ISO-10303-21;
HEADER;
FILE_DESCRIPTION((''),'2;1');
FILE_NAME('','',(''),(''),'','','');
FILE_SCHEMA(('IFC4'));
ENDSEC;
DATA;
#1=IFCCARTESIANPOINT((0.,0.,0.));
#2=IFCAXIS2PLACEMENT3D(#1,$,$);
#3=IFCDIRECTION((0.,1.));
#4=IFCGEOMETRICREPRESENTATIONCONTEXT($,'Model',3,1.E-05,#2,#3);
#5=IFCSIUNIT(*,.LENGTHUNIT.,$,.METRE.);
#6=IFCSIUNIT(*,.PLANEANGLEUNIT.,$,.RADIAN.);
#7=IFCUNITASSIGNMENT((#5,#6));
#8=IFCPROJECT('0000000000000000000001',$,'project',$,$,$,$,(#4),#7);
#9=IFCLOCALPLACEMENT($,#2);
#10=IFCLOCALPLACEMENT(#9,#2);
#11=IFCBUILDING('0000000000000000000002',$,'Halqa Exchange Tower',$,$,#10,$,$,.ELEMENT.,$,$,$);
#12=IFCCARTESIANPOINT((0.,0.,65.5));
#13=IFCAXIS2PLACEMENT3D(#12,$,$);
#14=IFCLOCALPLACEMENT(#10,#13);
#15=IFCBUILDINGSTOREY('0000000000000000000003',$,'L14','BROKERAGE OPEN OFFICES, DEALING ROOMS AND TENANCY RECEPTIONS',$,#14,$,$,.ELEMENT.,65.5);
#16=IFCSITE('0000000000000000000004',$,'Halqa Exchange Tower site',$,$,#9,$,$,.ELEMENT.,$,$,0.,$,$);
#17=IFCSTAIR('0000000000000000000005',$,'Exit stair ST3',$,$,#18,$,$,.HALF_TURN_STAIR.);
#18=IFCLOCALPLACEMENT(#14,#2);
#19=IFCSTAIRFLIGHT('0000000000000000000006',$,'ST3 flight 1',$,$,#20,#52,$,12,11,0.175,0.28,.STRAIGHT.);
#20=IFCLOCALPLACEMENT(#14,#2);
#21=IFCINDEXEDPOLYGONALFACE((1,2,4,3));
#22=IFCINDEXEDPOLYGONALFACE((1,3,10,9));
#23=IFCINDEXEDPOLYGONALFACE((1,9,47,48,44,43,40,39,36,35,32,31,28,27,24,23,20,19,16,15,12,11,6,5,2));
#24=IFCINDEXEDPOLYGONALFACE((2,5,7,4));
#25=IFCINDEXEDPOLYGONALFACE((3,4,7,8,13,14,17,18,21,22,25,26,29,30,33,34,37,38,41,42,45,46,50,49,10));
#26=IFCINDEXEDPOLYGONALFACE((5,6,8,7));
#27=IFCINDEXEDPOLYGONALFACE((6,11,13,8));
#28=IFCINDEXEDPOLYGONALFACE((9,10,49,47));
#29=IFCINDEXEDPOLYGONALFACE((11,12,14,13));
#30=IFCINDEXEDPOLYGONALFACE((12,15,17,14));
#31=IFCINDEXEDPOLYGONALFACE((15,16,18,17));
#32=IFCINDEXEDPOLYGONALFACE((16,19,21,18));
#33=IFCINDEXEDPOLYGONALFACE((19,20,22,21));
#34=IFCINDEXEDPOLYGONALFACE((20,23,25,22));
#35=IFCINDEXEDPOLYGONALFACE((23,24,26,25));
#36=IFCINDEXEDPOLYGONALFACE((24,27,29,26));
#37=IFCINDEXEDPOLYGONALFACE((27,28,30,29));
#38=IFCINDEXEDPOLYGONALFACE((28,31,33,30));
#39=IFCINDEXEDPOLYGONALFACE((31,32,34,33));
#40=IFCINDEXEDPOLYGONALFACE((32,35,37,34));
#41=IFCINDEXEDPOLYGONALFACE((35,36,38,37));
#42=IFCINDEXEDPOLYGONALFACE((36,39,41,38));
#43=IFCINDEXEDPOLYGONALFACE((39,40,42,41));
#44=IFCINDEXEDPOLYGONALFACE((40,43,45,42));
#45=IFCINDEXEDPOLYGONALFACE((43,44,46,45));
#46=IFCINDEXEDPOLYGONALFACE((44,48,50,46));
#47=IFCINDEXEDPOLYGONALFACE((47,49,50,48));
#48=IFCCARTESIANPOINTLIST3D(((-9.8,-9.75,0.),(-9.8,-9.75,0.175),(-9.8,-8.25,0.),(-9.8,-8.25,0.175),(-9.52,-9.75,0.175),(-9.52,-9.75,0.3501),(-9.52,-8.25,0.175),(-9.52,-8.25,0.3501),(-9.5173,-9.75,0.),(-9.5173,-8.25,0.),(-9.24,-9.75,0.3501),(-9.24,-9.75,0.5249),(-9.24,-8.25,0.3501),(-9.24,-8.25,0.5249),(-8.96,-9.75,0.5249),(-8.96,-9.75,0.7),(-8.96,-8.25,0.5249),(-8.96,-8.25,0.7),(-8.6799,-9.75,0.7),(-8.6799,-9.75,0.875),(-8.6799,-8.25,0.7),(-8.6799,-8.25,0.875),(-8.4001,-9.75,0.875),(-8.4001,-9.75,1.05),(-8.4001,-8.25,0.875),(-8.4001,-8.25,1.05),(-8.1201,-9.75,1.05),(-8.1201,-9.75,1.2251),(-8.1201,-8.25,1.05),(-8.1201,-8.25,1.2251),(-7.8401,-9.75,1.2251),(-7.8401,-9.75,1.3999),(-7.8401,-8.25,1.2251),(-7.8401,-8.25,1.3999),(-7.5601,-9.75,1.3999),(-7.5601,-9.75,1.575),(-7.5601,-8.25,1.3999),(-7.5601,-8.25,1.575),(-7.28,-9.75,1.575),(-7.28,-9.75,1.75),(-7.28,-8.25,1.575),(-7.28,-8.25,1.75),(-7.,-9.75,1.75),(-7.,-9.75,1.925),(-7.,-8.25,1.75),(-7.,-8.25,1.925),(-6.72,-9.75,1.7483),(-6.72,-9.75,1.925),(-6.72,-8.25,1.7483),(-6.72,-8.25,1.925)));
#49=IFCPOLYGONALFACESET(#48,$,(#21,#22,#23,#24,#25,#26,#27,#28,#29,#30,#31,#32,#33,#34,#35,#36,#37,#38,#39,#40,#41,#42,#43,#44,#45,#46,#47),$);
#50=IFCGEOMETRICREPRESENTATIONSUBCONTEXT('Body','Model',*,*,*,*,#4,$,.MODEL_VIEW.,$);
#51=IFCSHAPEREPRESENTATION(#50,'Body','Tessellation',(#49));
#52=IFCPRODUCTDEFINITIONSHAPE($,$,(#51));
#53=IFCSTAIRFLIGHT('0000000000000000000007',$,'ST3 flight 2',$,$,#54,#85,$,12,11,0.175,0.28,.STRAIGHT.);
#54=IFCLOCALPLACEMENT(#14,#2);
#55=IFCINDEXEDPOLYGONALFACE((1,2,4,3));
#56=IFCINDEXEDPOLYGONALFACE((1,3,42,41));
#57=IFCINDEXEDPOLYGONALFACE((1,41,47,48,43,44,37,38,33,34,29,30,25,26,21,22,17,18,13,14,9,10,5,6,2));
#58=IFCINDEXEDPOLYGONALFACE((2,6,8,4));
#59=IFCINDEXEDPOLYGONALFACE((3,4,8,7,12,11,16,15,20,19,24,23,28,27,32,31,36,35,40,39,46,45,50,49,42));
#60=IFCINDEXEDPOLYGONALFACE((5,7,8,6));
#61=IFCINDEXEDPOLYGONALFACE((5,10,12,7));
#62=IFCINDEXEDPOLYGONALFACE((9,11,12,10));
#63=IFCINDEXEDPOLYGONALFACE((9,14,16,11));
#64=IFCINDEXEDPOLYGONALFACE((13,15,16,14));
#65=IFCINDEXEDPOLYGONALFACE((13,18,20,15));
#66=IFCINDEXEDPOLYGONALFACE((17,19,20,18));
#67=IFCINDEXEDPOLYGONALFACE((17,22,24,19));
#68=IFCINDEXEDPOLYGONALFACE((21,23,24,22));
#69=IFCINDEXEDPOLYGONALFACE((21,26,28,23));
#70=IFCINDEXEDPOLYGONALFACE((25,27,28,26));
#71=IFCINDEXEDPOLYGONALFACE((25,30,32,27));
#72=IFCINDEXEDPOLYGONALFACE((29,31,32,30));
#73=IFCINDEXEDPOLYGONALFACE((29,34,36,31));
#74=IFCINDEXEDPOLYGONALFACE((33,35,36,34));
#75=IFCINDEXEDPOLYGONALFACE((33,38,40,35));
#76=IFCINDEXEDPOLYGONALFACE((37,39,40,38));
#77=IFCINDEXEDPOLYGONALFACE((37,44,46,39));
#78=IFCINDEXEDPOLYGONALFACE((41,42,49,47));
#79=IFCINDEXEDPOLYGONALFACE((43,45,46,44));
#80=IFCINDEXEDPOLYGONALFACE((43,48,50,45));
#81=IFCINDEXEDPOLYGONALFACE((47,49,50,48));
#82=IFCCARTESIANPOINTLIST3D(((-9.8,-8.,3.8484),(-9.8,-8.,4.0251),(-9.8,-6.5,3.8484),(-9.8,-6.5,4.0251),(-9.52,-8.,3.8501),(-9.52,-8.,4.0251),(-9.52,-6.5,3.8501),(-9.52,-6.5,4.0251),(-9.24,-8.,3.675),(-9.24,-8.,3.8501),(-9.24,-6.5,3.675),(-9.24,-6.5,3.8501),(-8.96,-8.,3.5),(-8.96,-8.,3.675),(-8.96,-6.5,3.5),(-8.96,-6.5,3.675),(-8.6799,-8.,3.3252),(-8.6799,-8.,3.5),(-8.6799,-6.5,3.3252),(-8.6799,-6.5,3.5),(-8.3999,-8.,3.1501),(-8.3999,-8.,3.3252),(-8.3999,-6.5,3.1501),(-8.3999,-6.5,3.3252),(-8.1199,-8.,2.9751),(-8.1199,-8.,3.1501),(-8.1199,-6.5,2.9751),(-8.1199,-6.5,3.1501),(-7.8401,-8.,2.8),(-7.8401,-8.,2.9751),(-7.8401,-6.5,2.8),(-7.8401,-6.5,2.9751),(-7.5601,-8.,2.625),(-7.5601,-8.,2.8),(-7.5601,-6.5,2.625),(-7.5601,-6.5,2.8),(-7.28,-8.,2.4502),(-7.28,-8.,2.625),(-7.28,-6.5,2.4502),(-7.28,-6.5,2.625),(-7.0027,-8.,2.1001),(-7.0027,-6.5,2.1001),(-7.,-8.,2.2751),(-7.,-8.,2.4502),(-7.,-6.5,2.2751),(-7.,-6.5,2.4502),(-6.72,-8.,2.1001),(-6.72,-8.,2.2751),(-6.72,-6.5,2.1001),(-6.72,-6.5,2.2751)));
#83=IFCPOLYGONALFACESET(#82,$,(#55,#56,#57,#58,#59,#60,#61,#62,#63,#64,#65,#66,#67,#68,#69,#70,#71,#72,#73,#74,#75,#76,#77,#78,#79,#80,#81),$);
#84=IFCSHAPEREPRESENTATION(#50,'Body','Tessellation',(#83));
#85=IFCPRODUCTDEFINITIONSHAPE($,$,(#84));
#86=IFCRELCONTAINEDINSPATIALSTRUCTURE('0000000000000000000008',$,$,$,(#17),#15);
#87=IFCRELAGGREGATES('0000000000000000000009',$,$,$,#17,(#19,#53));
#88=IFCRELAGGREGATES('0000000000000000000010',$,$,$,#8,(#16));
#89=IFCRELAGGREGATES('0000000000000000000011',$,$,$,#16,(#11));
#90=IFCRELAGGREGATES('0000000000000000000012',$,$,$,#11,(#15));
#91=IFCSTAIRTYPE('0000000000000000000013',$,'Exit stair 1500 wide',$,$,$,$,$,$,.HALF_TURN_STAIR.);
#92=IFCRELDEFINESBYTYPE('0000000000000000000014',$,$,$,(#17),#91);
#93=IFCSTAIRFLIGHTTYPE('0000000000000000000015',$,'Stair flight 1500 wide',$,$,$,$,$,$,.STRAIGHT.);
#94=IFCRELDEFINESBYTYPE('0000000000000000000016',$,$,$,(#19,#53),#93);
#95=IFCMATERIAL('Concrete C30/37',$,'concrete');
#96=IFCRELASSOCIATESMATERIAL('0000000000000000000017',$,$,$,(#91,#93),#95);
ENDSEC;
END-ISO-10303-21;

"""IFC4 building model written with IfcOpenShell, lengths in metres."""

from ifc_helpers import new_model, si_unit, direction, frame, origin, place, context, subcontext, project, spatial, polyline, outline, extrude, material, type_object, element, aggregate, save


model = new_model("IFC4")

# Units and contexts
model_context = context("Model", 3, precision=1e-05, world=origin(), true_north=direction((0.0, 1.0)))
body_context = subcontext(model_context, "Body", "Model", "MODEL_VIEW")
ifc_project = project(units=[si_unit("LENGTHUNIT", "METRE"), si_unit("PLANEANGLEUNIT", "RADIAN")], contexts=[model_context])

# Site, building, storey
site_placement = place(None, origin())
site = spatial("IfcSite", under=ifc_project, at=site_placement, Name="Halqa Exchange Tower site", CompositionType="ELEMENT", RefElevation=0.0)
building_placement = place(site_placement, origin())
building = spatial("IfcBuilding", under=site, at=building_placement, Name="Halqa Exchange Tower", CompositionType="ELEMENT")
storey_placement = place(building_placement, frame((0.0, 0.0, 65.5)))
storey = spatial("IfcBuildingStorey", under=building, at=storey_placement, Name="L14", Description="BROKERAGE OPEN OFFICES, DEALING ROOMS AND TENANCY RECEPTIONS", CompositionType="ELEMENT", Elevation=65.5)

# Shared definitions
ifc_material_1 = material(Name="Concrete C30/37", Category="concrete")

# Stair, stair flights
stair_type = type_object("IfcStairType", Name="Exit stair 1500 wide", PredefinedType="HALF_TURN_STAIR", material=ifc_material_1)
stair_placement = place(storey_placement, origin())
stair = element("IfcStair", 1, at=stair_placement, inside=storey, type_object=stair_type, Name="Exit stair ST3", PredefinedType="HALF_TURN_STAIR")
stair_flight_type = type_object("IfcStairFlightType", Name="Stair flight 1500 wide", PredefinedType="STRAIGHT", material=ifc_material_1)
stair_flight_1_placement = place(storey_placement, frame((-9.8, -9.0, 0.0), z_axis=(0.0, 0.0, 1.0), x_axis=(1.0, 0.0, 0.0)))
stair_flight_1 = element("IfcStairFlight", 2, at=stair_flight_1_placement, type_object=stair_flight_type, Name="ST3 flight 1", NumberOfRisers=12, NumberOfTreads=11, PredefinedType="STRAIGHT", RiserHeight=0.175, TreadLength=0.28, context=body_context, shape_type="SweptSolid", body=[
    extrude(outline(polyline([(0.0, 0.0), (0.0, 0.175), (0.28, 0.175), (0.28, 0.3501), (0.5601, 0.3501), (0.5601, 0.5249), (0.8401, 0.5249), (0.8401, 0.7), (1.1201, 0.7), (1.1201, 0.875), (1.3999, 0.875), (1.3999, 1.05), (1.6799, 1.05), (1.6799, 1.2251), (1.96, 1.2251), (1.96, 1.3999), (2.24, 1.3999), (2.24, 1.575), (2.52, 1.575), (2.52, 1.75), (2.8, 1.75), (2.8, 1.925), (3.0801, 1.925), (3.0801, 2.1001), (3.0801, 1.7483), (0.2827, 0.0), (0.0, 0.0)])), frame((0.0, 0.75, 0.0), z_axis=(0.0, -1.0, 0.0), x_axis=(1.0, 0.0, 0.0)), (0.0, 0.0, 1.0), 1.5),
])
stair_flight_2_placement = place(storey_placement, frame((-6.72, -7.25, 2.1001), z_axis=(0.0, 0.0, 1.0), x_axis=(-1.0, 0.0, 0.0)))
stair_flight_2 = element("IfcStairFlight", 3, at=stair_flight_2_placement, type_object=stair_flight_type, Name="ST3 flight 2", NumberOfRisers=12, NumberOfTreads=11, PredefinedType="STRAIGHT", RiserHeight=0.175, TreadLength=0.28, context=body_context, shape_type="SweptSolid", body=[
    extrude(outline(polyline([(0.0, 0.0), (0.0, 0.175), (0.28, 0.175), (0.28, 0.3501), (0.5601, 0.3501), (0.5601, 0.5249), (0.8401, 0.5249), (0.8401, 0.7), (1.1201, 0.7), (1.1201, 0.875), (1.3999, 0.875), (1.3999, 1.05), (1.6799, 1.05), (1.6799, 1.2251), (1.96, 1.2251), (1.96, 1.3999), (2.24, 1.3999), (2.24, 1.575), (2.52, 1.575), (2.52, 1.75), (2.8, 1.75), (2.8, 1.925), (3.0801, 1.925), (3.0801, 2.1001), (3.0801, 1.7483), (0.2827, 0.0), (0.0, 0.0)])), frame((0.0, 0.75, 0.0), z_axis=(0.0, -1.0, 0.0), x_axis=(1.0, 0.0, 0.0)), (0.0, 0.0, 1.0), 1.5),
])
aggregate(stair, [stair_flight_1, stair_flight_2])

save(model, "model.ifc")
